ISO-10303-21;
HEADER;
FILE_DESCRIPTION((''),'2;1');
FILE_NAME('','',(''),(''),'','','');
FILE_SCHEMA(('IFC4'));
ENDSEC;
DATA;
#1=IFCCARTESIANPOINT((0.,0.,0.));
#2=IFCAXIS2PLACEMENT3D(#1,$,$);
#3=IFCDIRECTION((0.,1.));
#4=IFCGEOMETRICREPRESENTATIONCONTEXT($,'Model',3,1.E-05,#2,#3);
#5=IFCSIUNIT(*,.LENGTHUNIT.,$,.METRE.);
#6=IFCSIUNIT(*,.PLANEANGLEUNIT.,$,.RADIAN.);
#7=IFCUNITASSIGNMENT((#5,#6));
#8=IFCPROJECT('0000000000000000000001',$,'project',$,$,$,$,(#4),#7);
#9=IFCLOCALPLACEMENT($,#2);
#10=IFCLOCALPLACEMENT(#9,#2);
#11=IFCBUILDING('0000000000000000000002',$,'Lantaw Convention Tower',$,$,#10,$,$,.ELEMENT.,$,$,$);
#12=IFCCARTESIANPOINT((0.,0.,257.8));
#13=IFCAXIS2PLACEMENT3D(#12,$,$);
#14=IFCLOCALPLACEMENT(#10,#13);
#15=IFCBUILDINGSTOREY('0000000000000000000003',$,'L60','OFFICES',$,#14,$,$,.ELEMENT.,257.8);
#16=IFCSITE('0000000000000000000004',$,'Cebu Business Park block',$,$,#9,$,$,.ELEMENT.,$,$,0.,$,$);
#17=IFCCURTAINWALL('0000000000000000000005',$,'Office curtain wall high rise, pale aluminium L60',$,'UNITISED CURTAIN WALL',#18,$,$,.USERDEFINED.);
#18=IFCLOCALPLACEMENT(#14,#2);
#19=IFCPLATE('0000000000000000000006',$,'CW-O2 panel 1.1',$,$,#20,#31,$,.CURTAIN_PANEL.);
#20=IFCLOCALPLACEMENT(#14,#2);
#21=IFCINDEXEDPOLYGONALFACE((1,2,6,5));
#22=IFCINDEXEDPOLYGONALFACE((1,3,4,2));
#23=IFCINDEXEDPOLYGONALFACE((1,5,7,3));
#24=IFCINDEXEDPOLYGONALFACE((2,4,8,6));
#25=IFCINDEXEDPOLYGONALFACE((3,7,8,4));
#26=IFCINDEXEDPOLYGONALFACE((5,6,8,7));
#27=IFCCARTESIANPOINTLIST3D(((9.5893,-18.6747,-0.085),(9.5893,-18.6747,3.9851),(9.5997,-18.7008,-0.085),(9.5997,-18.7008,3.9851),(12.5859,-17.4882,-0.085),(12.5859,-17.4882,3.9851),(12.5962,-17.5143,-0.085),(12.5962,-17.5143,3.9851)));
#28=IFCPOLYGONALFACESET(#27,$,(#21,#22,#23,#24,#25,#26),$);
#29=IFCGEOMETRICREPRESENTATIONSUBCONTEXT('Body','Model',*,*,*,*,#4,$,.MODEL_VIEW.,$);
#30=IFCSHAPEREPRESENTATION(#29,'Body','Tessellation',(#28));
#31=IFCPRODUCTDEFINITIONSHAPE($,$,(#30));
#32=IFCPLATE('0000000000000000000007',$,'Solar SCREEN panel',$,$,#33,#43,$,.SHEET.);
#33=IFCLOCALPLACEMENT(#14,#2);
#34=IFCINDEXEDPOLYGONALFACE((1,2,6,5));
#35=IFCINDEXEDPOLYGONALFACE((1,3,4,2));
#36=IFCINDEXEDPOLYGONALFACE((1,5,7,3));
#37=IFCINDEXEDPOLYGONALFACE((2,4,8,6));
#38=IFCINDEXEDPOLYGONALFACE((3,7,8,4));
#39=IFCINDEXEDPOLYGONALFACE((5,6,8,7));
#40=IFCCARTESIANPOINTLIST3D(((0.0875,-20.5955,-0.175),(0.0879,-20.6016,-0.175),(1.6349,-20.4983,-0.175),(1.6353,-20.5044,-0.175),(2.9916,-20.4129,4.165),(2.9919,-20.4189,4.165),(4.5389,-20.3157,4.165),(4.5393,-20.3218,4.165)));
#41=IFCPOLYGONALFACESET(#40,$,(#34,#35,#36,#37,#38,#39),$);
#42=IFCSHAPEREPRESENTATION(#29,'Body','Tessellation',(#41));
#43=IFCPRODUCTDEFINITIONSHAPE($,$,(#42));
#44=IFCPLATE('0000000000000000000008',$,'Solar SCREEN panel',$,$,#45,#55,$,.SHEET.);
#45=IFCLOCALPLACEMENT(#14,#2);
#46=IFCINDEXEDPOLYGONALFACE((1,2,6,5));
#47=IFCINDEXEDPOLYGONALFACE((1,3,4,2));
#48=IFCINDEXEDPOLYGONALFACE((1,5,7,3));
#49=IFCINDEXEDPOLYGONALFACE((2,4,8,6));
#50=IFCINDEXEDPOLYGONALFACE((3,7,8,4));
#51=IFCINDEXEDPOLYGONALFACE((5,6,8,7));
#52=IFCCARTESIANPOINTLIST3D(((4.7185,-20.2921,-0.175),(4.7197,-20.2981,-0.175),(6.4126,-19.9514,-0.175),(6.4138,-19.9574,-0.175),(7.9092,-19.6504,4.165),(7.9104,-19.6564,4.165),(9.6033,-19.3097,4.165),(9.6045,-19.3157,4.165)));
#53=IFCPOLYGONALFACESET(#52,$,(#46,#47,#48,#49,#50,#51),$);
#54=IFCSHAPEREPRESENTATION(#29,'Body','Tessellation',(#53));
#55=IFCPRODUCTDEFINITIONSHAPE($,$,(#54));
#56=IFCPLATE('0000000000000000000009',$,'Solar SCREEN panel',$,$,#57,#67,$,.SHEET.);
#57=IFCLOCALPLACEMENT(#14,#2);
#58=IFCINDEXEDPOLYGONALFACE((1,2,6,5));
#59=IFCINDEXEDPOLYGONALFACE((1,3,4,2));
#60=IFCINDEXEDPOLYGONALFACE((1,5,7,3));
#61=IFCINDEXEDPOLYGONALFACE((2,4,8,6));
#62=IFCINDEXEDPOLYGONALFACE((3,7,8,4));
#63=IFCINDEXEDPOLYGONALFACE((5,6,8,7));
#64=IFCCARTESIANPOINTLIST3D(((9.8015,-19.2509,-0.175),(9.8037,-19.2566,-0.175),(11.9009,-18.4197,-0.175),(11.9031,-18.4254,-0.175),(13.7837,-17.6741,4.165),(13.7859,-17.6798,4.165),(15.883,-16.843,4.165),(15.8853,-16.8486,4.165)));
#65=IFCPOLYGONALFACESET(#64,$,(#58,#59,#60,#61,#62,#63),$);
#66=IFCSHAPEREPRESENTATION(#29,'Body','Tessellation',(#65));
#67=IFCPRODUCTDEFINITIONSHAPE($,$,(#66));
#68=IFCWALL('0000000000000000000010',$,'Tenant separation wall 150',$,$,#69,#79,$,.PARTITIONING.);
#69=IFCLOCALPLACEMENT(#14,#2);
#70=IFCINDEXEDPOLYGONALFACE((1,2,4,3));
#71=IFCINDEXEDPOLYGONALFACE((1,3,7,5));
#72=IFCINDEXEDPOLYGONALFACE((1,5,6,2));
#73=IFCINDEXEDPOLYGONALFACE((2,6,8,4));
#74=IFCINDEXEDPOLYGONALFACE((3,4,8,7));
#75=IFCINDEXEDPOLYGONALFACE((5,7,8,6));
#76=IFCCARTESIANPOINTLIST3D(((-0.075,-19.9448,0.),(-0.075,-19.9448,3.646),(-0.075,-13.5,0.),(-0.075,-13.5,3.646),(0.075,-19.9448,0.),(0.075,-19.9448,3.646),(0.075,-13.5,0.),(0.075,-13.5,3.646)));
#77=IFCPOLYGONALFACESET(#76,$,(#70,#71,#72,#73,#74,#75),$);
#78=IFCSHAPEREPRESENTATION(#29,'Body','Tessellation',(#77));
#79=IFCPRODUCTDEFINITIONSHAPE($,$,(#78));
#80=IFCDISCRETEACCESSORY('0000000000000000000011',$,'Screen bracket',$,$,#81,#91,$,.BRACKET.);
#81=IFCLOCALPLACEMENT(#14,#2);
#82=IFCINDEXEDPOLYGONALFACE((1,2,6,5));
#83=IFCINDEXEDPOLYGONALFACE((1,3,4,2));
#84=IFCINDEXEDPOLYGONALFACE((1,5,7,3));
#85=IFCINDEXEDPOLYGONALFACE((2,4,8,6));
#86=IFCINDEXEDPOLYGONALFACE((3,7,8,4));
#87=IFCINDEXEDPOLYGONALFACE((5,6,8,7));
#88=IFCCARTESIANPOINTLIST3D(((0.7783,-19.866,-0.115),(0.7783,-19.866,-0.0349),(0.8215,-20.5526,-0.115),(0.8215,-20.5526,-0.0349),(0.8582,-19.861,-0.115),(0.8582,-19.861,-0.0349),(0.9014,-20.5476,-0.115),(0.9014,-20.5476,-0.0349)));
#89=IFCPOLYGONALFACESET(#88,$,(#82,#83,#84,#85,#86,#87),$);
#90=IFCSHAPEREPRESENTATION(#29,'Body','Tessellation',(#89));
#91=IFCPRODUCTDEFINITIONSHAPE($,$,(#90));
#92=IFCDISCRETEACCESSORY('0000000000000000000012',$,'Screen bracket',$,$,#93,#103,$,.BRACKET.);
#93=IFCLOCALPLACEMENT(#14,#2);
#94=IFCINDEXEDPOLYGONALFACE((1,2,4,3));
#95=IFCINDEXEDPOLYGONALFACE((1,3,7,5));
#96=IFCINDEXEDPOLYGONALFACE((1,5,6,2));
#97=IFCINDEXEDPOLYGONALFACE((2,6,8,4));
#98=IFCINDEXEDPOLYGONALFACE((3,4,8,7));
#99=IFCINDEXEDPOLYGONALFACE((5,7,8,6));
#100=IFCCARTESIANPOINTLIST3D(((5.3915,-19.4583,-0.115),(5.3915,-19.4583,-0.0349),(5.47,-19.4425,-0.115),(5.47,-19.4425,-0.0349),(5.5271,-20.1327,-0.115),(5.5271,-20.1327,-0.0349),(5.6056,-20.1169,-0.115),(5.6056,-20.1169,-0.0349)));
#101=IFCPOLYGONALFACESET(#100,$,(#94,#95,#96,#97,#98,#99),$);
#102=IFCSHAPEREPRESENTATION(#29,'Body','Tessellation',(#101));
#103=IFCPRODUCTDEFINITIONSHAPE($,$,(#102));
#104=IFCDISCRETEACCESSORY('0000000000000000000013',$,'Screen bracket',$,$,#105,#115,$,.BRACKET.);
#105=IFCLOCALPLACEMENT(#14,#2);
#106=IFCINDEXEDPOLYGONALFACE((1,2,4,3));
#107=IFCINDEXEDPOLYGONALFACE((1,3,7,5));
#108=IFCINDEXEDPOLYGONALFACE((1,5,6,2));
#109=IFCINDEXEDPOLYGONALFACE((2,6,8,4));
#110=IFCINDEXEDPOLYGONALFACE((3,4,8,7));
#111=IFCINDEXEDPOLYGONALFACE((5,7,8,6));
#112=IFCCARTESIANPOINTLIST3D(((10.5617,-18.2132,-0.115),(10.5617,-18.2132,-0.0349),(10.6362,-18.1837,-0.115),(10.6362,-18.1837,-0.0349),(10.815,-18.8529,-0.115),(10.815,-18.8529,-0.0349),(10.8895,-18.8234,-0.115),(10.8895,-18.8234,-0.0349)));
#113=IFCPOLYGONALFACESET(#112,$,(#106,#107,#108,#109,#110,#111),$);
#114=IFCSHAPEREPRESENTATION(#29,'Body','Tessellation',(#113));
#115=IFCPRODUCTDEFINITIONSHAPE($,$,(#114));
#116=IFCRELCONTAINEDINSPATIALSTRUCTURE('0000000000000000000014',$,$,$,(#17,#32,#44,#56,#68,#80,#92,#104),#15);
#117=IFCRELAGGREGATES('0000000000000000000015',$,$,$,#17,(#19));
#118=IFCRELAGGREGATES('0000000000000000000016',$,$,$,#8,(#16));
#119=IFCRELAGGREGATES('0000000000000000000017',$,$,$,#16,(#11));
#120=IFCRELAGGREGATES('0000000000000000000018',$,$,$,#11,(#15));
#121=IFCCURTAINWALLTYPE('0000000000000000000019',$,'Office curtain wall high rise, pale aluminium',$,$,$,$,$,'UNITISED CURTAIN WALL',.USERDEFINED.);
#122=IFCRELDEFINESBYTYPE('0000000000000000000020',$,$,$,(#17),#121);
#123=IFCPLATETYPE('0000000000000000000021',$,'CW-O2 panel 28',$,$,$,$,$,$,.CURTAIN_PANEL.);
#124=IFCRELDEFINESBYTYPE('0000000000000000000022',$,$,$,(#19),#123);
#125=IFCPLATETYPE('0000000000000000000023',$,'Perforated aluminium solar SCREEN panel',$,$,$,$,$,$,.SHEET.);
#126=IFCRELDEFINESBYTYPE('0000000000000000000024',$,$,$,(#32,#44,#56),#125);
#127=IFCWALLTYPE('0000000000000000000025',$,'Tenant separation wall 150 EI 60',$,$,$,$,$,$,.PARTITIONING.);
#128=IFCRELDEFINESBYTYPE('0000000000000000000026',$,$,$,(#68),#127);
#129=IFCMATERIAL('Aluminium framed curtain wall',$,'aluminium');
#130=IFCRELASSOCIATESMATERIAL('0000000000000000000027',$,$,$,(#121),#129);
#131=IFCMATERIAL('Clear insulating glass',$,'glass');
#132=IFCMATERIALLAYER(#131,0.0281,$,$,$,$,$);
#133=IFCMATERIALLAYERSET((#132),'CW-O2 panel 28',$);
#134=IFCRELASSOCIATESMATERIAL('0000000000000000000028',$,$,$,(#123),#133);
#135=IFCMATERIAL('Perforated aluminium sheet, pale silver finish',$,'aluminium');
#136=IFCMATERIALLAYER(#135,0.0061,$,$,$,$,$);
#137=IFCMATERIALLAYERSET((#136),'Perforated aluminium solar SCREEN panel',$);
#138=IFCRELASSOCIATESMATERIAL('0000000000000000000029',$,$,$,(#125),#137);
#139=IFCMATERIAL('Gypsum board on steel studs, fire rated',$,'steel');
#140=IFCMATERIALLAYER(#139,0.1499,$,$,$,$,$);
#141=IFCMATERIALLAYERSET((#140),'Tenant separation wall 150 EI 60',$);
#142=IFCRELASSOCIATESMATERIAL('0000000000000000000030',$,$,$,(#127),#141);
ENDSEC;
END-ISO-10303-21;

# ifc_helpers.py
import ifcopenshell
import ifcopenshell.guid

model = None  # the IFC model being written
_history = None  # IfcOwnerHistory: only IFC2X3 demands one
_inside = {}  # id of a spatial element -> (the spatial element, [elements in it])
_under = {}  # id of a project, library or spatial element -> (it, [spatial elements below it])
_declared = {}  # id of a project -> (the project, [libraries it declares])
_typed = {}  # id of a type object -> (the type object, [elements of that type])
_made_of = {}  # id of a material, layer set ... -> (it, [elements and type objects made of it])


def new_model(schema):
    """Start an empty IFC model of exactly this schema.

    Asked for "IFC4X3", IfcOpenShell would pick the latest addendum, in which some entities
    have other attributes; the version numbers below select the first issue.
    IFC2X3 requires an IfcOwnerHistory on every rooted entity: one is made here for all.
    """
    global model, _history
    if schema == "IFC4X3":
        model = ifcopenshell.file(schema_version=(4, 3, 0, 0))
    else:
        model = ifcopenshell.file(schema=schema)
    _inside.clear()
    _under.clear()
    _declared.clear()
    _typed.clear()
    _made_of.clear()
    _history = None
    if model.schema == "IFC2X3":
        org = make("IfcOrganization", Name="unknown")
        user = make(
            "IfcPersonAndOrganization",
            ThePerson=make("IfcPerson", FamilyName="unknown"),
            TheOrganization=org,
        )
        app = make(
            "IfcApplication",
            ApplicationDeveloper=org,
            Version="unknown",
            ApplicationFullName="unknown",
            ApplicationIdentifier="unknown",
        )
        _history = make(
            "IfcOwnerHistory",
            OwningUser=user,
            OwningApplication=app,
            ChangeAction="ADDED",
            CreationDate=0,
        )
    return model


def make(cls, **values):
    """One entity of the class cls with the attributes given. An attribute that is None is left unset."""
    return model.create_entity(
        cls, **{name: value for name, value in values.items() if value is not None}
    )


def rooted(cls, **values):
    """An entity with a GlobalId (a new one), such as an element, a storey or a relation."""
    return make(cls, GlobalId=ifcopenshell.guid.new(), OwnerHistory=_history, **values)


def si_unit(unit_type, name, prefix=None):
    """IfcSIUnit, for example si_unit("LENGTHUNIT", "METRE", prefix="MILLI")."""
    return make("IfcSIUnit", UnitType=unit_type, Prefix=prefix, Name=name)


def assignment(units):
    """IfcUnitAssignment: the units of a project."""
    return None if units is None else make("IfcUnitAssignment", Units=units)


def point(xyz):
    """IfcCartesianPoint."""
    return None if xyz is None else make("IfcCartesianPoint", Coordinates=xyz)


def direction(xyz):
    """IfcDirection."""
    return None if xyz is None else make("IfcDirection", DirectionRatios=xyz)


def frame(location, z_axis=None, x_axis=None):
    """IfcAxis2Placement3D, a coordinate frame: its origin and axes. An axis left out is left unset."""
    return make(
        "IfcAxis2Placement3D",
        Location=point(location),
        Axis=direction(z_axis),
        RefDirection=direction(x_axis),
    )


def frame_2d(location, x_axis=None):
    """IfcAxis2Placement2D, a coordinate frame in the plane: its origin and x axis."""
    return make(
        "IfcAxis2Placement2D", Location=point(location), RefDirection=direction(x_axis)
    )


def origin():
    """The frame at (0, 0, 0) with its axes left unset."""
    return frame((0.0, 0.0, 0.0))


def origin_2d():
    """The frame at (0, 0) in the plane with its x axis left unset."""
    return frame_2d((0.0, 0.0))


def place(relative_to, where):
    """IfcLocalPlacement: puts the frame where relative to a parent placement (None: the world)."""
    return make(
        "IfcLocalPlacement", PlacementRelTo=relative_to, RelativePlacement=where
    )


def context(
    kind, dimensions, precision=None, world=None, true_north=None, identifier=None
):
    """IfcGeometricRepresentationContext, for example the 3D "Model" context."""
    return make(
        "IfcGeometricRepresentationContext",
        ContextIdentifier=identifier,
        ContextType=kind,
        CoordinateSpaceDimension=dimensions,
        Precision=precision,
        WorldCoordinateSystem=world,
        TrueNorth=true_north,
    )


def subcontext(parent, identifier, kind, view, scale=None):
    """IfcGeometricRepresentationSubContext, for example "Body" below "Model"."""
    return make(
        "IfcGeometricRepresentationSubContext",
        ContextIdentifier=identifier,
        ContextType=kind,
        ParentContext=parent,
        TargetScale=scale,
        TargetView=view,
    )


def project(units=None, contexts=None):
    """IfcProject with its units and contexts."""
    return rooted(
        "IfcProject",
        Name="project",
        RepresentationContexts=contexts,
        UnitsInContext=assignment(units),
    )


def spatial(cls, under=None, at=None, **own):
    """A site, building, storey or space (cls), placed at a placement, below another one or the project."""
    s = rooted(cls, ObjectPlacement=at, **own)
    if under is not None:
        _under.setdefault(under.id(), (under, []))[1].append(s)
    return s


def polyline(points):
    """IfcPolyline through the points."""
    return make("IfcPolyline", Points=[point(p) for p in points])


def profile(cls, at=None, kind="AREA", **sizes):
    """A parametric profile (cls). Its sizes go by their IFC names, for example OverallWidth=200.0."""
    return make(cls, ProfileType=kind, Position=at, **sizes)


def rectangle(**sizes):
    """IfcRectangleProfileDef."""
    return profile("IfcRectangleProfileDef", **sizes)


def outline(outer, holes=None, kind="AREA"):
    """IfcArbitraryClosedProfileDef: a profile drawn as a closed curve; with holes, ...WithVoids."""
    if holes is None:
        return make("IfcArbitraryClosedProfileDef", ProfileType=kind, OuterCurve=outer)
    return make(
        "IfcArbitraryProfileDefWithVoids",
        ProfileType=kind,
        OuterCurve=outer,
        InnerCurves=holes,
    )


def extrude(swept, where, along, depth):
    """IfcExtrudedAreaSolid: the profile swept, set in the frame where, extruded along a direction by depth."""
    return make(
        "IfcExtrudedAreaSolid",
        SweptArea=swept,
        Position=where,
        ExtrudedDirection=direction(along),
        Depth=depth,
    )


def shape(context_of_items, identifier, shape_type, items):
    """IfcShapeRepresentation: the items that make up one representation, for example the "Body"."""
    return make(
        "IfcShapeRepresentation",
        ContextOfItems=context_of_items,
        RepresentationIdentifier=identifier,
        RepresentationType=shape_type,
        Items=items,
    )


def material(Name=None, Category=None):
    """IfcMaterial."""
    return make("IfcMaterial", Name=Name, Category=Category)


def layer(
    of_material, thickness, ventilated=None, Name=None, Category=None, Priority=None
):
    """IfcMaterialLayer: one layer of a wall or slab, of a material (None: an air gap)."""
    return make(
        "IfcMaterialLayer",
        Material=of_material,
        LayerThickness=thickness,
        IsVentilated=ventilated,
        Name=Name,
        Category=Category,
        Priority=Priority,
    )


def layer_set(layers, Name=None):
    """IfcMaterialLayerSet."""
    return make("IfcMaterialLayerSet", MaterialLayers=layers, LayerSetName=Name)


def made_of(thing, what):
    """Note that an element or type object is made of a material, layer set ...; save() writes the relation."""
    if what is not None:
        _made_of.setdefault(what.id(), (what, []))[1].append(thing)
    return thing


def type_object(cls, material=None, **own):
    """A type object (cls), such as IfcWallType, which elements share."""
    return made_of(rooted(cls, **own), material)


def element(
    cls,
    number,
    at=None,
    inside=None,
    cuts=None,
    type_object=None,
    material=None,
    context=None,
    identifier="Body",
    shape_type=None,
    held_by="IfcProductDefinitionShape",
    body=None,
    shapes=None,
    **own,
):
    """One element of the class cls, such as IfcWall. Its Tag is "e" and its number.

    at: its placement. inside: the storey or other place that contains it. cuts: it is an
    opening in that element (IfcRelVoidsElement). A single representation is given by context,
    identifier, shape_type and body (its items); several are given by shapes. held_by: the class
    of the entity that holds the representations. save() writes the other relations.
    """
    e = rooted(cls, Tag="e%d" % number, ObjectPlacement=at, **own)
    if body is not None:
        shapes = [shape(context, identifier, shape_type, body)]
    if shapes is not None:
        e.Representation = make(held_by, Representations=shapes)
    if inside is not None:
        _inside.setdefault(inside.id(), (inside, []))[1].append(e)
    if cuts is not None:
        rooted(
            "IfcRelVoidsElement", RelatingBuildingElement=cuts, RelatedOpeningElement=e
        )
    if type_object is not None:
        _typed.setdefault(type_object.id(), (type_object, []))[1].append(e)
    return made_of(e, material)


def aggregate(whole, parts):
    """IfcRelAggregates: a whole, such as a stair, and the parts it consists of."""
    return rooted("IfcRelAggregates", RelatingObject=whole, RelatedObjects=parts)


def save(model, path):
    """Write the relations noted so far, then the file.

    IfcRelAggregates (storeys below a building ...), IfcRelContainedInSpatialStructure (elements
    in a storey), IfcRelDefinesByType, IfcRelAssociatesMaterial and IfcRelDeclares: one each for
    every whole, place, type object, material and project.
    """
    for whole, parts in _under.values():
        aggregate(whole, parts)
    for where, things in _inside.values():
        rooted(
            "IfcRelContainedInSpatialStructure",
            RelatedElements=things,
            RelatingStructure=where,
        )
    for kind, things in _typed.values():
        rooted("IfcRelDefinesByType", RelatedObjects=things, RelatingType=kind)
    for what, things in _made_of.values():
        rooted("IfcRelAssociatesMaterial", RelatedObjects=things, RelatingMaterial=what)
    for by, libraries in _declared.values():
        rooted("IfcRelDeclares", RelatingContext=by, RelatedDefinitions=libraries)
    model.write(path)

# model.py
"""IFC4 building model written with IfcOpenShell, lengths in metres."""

from ifc_helpers import new_model, si_unit, direction, frame, frame_2d, origin, origin_2d, place, context, subcontext, project, spatial, polyline, rectangle, outline, extrude, material, layer, layer_set, type_object, element, aggregate, save


model = new_model("IFC4")

# Units and contexts
model_context = context("Model", 3, precision=1e-05, world=origin(), true_north=direction((0.0, 1.0)))
body_context = subcontext(model_context, "Body", "Model", "MODEL_VIEW")
ifc_project = project(units=[si_unit("LENGTHUNIT", "METRE"), si_unit("PLANEANGLEUNIT", "RADIAN")], contexts=[model_context])

# Site, building, storey
site_placement = place(None, origin())
site = spatial("IfcSite", under=ifc_project, at=site_placement, Name="Cebu Business Park block", CompositionType="ELEMENT", RefElevation=0.0)
building_placement = place(site_placement, origin())
building = spatial("IfcBuilding", under=site, at=building_placement, Name="Lantaw Convention Tower", CompositionType="ELEMENT")
storey_placement = place(building_placement, frame((0.0, 0.0, 257.8)))
storey = spatial("IfcBuildingStorey", under=building, at=storey_placement, Name="L60", Description="OFFICES", CompositionType="ELEMENT", Elevation=257.8)

# Shared definitions
ifc_material_1 = material(Name="Aluminium framed curtain wall", Category="aluminium")
curtain_wall_type = type_object("IfcCurtainWallType", Name="Office curtain wall high rise, pale aluminium", ElementType="UNITISED CURTAIN WALL", PredefinedType="USERDEFINED", material=ifc_material_1)

# Curtain wall
curtain_wall_1_placement = place(storey_placement, origin())
curtain_wall_1 = element("IfcCurtainWall", 1, at=curtain_wall_1_placement, inside=storey, type_object=curtain_wall_type, Name="Office curtain wall high rise, pale aluminium L60", ObjectType="UNITISED CURTAIN WALL", PredefinedType="USERDEFINED")

# Plate
ifc_material_2 = material(Name="Clear insulating glass", Category="glass")
ifc_layer_1 = layer(ifc_material_2, 0.0281)
ifc_layer_set_1 = layer_set([ifc_layer_1], Name="CW-O2 panel 28")
plate_type_1 = type_object("IfcPlateType", Name="CW-O2 panel 28", PredefinedType="CURTAIN_PANEL", material=ifc_layer_set_1)
plate_1_placement = place(storey_placement, frame((11.0928, -18.0945, -0.085), z_axis=(0.0, 0.0, 1.0), x_axis=(0.929762, 0.368162, 0.0)))
plate_1 = element("IfcPlate", 2, at=plate_1_placement, type_object=plate_type_1, Name="CW-O2 panel 1.1", PredefinedType="CURTAIN_PANEL", context=body_context, shape_type="SweptSolid", body=[
    extrude(rectangle(XDim=3.2229, YDim=0.0281, at=origin_2d()), origin(), (0.0, 0.0, 1.0), 4.0701),
])
aggregate(curtain_wall_1, [plate_1])

# Plates
ifc_material_3 = material(Name="Perforated aluminium sheet, pale silver finish", Category="aluminium")
ifc_layer_2 = layer(ifc_material_3, 0.0061)
ifc_layer_set_2 = layer_set([ifc_layer_2], Name="Perforated aluminium solar SCREEN panel")
plate_type_2 = type_object("IfcPlateType", Name="Perforated aluminium solar SCREEN panel", PredefinedType="SHEET", material=ifc_layer_set_2)
plate_2_placement = place(storey_placement, frame((0.0879, -20.6016, -0.175), z_axis=(0.062672, -0.998034, 0.000059), x_axis=(0.998034, 0.062672, 0.0)))
element("IfcPlate", 3, at=plate_2_placement, inside=storey, type_object=plate_type_2, Name="Solar SCREEN panel", PredefinedType="SHEET", context=body_context, shape_type="SweptSolid", body=[
    extrude(outline(polyline([(0.0, 0.0), (1.5504, 0.0), (4.4602, 4.3401), (2.9098, 4.3401), (0.0, 0.0)])), origin(), (0.0, 0.0, -1.0), 0.0061),
])
plate_3_placement = place(storey_placement, frame((4.7197, -20.2981, -0.175), z_axis=(0.197162, -0.980371, 0.000011), x_axis=(0.980371, 0.197162, 0.0)))
element("IfcPlate", 4, at=plate_3_placement, inside=storey, type_object=plate_type_2, Name="Solar SCREEN panel", PredefinedType="SHEET", context=body_context, shape_type="SweptSolid", body=[
    extrude(outline(polyline([(0.0, 0.0), (1.728, 0.0), (4.9826, 4.3401), (3.2546, 4.3401), (0.0, 0.0)])), origin(), (0.0, 0.0, -1.0), 0.0061),
])
plate_4_placement = place(storey_placement, frame((9.8037, -19.2566, -0.175), z_axis=(0.368117, -0.92978, 0.000036), x_axis=(0.92978, 0.368117, 0.0)))
element("IfcPlate", 5, at=plate_4_placement, inside=storey, type_object=plate_type_2, Name="Solar SCREEN panel", PredefinedType="SHEET", context=body_context, shape_type="SweptSolid", body=[
    extrude(outline(polyline([(0.0, 0.0), (2.258, 0.0), (6.5409, 4.3401), (4.283, 4.3401), (0.0, 0.0)])), origin(), (0.0, 0.0, -1.0), 0.0061),
])

# Wall
ifc_material_4 = material(Name="Gypsum board on steel studs, fire rated", Category="steel")
ifc_layer_3 = layer(ifc_material_4, 0.1499)
ifc_layer_set_3 = layer_set([ifc_layer_3], Name="Tenant separation wall 150 EI 60")
wall_type = type_object("IfcWallType", Name="Tenant separation wall 150 EI 60", PredefinedType="PARTITIONING", material=ifc_layer_set_3)
wall_placement = place(storey_placement, frame((0.0, -19.9448, 0.0), z_axis=(0.0, 0.0, 1.0), x_axis=(0.0, 1.0, 0.0)))
element("IfcWall", 6, at=wall_placement, inside=storey, type_object=wall_type, Name="Tenant separation wall 150", PredefinedType="PARTITIONING", context=body_context, shape_type="SweptSolid", body=[
    extrude(rectangle(XDim=6.4448, YDim=0.1499, at=frame_2d((3.2224, 0.0))), origin(), (0.0, 0.0, 1.0), 3.646),
])

# Discrete accessories
for number, where, z_axis, x_axis, name in (
    (7, (0.8398, -20.2068, -0.115), (0.0, 0.0, 1.0), (0.998029, 0.062758, 0.0), "Screen bracket"),
    (8, (5.4985, -19.7876, -0.115), (0.0, 0.0, 1.0), (0.980367, 0.197183, 0.0), "Screen bracket"),
    (9, (10.7256, -18.5183, -0.115), (0.0, 0.0, 1.0), (0.929762, 0.368162, 0.0), "Screen bracket"),
):
    element("IfcDiscreteAccessory", number, at=place(storey_placement, frame(where, z_axis=z_axis, x_axis=x_axis)), inside=storey, Name=name, PredefinedType="BRACKET", context=body_context, shape_type="SweptSolid", body=[
        extrude(rectangle(XDim=0.0801, YDim=0.688, at=origin_2d()), origin(), (0.0, 0.0, 1.0), 0.0801),
    ])

save(model, "model.ifc")
